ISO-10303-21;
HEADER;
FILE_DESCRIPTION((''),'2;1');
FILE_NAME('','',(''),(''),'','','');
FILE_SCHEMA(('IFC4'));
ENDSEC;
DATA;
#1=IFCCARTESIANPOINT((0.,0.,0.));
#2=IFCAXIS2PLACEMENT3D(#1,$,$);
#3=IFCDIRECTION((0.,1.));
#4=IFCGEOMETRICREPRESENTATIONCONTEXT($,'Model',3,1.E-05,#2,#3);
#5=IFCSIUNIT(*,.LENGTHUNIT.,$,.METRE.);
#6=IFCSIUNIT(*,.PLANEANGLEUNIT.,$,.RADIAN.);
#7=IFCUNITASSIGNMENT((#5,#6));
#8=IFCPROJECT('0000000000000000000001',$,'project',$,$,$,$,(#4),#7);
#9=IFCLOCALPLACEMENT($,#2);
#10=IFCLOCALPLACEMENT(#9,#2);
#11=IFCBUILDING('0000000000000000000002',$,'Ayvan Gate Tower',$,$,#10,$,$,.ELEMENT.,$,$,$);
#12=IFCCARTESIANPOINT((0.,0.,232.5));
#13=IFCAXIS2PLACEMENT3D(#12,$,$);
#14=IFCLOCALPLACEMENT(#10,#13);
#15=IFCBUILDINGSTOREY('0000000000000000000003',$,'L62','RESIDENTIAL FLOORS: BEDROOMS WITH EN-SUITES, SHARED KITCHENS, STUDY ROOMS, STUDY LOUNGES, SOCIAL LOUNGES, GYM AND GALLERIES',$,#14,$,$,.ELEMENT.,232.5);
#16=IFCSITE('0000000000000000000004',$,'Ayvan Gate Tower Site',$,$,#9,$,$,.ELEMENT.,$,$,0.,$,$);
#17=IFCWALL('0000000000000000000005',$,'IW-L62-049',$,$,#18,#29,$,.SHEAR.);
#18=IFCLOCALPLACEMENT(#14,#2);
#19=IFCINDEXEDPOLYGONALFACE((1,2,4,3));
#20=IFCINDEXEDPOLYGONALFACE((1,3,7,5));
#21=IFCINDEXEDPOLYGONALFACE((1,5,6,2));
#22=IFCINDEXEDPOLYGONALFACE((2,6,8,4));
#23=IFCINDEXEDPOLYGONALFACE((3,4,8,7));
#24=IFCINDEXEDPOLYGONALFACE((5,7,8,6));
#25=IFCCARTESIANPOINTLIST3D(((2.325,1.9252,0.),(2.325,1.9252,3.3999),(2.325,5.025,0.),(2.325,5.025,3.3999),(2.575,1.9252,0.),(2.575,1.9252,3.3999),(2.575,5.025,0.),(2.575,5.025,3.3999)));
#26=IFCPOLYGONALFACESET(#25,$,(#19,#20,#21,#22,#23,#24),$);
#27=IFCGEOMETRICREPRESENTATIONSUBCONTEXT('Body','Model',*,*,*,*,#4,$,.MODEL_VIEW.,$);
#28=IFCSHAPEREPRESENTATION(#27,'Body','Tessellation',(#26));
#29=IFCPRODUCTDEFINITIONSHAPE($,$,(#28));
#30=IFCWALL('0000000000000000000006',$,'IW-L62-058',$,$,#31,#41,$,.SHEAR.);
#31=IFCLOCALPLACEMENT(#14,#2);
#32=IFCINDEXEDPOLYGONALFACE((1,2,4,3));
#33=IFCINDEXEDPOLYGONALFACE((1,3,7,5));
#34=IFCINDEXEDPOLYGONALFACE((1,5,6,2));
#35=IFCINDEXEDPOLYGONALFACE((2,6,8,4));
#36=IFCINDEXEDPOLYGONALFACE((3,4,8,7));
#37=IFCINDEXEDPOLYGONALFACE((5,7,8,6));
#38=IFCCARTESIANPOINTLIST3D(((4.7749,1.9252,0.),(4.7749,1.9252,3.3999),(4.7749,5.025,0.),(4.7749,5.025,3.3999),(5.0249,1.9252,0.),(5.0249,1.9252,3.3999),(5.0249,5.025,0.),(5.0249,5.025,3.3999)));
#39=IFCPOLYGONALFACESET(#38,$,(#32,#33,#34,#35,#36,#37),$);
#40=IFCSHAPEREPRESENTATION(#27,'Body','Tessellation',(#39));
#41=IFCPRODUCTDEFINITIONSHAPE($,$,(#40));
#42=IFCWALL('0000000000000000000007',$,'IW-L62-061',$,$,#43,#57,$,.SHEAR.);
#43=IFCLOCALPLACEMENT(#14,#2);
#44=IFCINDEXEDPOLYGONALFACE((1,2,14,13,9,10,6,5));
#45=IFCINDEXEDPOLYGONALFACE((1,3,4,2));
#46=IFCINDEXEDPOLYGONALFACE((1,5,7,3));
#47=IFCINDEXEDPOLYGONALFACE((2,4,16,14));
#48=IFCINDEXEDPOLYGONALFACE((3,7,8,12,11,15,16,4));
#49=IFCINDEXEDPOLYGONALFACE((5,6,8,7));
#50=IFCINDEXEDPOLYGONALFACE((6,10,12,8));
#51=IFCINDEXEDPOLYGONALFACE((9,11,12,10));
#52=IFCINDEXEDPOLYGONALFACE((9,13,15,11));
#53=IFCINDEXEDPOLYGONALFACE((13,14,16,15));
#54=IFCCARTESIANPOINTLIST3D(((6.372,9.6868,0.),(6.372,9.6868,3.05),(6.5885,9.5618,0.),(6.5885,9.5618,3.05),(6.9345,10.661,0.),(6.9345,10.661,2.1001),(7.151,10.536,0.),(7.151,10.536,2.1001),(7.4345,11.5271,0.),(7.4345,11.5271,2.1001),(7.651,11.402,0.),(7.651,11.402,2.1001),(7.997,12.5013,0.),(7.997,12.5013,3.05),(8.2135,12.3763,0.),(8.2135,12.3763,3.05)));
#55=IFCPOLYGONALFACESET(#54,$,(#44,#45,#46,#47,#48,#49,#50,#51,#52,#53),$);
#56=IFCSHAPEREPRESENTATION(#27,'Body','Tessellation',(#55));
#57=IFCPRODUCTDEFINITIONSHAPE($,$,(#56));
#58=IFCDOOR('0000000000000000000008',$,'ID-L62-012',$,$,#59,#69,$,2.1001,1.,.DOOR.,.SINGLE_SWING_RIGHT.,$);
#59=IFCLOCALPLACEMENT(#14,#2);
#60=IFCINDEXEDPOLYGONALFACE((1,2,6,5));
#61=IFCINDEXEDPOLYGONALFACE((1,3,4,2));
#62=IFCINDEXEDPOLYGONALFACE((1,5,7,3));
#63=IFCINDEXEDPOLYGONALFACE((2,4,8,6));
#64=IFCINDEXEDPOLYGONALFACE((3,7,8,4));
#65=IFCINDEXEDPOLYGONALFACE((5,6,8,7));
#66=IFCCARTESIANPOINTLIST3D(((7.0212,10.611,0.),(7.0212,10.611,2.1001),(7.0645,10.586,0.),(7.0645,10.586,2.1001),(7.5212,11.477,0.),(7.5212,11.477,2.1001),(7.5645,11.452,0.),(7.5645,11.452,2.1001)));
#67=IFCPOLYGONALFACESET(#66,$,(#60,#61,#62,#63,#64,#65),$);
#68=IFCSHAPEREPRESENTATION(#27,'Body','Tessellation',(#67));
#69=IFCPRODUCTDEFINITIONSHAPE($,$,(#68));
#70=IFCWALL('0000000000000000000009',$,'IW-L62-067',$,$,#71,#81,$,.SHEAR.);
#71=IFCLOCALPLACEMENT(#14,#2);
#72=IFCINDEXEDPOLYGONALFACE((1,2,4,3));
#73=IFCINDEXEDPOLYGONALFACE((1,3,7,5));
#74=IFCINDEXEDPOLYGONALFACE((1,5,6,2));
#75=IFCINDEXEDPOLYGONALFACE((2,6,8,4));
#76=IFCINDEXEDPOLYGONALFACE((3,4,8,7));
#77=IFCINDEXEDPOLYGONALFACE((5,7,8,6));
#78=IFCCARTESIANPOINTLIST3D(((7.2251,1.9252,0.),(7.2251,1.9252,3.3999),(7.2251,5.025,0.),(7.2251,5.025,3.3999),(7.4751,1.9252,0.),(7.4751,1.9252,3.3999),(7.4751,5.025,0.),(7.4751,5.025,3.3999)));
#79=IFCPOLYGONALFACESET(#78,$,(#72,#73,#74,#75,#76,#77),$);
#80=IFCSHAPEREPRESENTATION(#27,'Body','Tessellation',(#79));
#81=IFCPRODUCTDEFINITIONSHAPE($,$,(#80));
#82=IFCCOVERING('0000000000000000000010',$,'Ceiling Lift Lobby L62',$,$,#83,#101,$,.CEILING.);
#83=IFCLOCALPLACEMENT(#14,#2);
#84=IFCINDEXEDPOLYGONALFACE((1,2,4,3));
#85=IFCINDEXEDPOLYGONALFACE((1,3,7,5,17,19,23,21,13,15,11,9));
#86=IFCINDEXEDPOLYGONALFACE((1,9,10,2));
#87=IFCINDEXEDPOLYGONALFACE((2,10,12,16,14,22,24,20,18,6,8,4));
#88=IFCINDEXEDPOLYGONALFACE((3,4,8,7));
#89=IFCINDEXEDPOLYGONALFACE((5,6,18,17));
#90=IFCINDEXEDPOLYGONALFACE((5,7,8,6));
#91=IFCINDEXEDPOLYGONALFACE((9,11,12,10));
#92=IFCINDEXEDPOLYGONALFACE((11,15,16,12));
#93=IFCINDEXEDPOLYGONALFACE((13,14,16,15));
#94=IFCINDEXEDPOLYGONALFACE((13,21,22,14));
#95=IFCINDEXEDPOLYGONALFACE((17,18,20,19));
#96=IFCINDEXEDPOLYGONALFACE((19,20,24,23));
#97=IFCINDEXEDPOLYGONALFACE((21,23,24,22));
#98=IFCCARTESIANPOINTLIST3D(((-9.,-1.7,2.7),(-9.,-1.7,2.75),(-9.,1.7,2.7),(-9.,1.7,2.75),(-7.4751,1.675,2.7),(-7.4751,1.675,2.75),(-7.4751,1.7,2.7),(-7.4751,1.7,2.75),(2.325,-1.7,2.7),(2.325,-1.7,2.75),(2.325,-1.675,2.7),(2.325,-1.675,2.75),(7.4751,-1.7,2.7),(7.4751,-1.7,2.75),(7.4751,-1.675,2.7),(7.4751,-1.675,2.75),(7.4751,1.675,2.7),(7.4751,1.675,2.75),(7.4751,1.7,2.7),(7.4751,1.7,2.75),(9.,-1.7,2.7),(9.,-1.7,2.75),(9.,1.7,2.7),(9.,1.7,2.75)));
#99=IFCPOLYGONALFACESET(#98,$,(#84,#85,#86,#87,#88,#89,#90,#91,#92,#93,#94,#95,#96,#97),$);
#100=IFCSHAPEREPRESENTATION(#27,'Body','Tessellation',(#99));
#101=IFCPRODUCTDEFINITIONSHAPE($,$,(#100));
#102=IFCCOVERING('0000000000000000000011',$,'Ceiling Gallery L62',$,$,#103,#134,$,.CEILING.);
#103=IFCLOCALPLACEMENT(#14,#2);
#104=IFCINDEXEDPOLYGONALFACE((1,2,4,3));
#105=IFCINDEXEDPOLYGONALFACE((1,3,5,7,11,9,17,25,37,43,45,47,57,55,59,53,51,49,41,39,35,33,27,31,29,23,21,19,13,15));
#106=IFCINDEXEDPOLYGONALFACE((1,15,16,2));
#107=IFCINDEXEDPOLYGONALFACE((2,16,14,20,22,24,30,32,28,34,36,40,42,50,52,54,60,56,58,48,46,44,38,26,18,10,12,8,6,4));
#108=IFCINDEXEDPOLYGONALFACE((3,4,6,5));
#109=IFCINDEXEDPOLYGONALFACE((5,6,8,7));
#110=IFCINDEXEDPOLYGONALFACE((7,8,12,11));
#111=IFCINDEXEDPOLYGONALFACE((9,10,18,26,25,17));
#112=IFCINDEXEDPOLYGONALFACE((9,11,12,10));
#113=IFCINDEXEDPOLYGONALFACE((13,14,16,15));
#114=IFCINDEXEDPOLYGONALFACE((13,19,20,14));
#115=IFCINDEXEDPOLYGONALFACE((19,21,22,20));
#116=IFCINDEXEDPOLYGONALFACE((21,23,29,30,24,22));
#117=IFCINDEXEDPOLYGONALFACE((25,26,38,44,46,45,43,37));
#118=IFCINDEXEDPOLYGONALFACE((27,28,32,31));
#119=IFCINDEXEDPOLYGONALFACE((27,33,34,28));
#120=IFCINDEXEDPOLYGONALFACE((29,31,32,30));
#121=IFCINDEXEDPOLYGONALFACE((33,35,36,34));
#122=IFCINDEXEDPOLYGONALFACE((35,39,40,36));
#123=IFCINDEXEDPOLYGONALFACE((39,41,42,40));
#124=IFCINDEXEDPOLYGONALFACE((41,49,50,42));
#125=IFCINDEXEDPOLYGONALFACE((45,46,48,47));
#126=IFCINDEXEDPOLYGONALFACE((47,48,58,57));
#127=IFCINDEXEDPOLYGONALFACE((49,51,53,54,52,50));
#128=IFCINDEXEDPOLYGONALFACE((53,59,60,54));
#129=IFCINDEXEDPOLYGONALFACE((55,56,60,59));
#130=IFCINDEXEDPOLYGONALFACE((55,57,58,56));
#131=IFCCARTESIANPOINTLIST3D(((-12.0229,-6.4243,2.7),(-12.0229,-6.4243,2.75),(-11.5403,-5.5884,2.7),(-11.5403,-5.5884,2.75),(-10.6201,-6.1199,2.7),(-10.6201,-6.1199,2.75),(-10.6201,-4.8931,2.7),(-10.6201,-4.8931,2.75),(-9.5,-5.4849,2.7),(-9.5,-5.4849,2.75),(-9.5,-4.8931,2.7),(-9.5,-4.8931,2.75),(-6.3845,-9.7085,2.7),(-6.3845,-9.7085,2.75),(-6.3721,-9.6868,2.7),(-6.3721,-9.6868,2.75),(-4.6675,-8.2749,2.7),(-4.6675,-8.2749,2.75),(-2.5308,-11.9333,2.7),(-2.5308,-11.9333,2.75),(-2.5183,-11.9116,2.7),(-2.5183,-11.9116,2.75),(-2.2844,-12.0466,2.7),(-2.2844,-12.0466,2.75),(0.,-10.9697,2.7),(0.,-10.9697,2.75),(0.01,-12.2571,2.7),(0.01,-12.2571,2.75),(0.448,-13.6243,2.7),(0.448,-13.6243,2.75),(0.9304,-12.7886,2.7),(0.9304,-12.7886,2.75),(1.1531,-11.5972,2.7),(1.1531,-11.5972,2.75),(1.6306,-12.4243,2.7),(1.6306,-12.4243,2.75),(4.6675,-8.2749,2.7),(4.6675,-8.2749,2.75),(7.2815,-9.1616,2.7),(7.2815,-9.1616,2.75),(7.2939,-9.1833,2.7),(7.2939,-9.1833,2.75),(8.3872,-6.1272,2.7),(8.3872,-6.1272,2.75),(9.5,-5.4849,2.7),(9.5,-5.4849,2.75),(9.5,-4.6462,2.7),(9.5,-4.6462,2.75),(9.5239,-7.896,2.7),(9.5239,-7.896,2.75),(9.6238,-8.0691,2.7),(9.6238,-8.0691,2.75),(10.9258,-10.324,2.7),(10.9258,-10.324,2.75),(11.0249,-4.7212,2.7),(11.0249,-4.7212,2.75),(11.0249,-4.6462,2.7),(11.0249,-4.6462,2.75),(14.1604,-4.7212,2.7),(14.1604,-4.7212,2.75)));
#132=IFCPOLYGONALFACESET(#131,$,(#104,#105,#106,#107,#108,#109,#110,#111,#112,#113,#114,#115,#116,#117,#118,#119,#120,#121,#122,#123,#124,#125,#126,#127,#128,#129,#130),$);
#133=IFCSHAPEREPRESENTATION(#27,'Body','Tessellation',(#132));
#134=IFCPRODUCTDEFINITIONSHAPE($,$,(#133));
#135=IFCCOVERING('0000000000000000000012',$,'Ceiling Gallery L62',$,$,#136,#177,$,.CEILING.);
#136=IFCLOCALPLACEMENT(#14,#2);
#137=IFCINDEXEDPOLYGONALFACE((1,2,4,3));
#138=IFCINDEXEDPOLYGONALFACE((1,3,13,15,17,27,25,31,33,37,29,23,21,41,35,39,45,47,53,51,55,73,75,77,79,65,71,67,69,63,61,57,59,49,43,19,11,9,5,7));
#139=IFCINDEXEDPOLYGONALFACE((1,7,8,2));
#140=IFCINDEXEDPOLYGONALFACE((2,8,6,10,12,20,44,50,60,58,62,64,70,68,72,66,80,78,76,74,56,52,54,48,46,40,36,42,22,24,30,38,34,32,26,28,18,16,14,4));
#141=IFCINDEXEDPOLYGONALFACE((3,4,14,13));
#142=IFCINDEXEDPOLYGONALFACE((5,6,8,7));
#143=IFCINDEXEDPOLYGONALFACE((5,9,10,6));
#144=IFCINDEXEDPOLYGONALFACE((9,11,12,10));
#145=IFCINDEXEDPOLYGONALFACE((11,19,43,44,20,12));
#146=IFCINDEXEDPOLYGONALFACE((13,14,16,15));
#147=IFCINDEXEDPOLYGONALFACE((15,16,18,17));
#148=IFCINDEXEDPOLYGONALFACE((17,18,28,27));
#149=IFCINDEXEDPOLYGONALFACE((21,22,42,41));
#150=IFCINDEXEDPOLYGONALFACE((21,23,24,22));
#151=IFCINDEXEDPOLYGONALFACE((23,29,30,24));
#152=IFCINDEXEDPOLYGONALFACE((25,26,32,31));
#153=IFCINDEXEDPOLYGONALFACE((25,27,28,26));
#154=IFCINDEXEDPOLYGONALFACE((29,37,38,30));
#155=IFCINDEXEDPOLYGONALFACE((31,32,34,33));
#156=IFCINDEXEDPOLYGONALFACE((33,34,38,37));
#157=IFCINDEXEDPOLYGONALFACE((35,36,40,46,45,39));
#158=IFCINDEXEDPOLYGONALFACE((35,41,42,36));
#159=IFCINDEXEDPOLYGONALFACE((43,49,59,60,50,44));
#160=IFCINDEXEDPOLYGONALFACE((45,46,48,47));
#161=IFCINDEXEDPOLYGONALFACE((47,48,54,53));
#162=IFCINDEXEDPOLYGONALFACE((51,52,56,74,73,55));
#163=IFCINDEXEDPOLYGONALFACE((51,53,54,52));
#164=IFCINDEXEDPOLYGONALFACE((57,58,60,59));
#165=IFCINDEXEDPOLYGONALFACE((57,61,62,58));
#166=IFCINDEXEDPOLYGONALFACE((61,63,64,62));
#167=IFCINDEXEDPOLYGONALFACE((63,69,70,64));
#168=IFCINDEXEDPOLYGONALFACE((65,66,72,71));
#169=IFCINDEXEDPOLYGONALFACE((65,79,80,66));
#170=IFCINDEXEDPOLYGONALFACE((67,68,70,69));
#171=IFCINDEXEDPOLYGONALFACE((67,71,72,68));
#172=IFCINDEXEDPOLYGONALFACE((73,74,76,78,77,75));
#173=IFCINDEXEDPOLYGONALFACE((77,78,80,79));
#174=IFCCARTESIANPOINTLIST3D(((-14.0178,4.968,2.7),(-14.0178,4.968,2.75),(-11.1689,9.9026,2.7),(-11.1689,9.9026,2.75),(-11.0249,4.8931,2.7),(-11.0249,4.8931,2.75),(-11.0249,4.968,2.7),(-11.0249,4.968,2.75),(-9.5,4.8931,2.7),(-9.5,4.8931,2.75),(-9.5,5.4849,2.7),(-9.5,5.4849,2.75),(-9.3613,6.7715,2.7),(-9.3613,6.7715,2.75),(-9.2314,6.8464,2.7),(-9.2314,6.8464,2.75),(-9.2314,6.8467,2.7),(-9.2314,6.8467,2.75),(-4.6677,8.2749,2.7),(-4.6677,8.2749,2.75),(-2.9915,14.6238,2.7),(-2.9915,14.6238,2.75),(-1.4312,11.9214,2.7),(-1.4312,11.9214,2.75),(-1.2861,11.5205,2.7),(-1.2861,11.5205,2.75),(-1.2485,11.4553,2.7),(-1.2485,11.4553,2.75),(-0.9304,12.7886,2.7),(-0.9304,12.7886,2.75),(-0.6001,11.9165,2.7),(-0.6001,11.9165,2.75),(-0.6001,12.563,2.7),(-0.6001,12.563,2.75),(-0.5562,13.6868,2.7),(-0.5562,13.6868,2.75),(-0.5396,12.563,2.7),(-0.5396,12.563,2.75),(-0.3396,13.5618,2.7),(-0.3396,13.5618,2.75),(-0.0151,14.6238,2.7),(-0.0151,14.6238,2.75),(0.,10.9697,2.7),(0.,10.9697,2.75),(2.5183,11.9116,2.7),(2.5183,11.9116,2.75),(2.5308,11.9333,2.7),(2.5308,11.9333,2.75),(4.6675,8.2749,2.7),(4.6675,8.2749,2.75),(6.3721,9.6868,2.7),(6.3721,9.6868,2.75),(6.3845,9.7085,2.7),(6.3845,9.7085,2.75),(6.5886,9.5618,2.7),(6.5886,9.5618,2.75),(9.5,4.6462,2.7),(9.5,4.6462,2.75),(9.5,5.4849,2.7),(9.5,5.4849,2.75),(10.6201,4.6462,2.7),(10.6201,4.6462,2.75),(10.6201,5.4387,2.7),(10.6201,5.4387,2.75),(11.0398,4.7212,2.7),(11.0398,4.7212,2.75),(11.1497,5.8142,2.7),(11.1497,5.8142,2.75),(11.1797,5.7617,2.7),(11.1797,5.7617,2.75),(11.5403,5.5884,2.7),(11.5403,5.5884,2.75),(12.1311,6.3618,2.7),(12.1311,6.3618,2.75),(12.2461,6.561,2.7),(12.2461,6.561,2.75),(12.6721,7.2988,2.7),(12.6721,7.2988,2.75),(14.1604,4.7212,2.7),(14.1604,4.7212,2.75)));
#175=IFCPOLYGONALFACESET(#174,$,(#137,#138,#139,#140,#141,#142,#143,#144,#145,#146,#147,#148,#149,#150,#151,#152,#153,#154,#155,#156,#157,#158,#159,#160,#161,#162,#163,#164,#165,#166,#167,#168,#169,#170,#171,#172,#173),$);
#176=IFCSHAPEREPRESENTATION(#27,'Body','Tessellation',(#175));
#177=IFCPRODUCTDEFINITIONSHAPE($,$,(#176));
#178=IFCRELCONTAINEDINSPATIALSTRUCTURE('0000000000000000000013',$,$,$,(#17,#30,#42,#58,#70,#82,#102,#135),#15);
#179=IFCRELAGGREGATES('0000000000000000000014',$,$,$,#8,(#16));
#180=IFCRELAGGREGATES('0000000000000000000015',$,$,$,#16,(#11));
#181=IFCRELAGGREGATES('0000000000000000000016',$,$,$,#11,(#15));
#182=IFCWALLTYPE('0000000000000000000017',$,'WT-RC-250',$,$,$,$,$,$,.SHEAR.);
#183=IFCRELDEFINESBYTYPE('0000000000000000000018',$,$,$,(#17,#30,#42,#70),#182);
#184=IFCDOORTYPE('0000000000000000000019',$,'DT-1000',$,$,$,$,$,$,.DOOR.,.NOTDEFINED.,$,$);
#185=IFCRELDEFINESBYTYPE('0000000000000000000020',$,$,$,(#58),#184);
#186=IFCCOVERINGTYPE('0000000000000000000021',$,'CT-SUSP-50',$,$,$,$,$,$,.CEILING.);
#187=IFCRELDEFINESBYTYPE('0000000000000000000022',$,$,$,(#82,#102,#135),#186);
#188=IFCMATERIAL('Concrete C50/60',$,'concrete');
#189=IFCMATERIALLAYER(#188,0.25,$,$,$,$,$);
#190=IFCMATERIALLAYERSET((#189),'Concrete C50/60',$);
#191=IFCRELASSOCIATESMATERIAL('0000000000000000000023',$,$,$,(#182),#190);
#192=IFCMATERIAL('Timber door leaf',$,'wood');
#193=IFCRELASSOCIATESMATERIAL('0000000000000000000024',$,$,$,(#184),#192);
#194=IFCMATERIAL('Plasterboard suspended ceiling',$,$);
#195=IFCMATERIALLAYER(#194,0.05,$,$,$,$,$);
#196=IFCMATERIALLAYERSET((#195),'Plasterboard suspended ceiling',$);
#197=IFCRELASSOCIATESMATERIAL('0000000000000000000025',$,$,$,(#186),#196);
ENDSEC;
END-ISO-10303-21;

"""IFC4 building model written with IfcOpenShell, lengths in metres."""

from ifc_helpers import new_model, si_unit, direction, frame, frame_2d, origin, place, context, subcontext, project, spatial, polyline, rectangle, outline, extrude, material, layer, layer_set, type_object, element, fill, save


model = new_model("IFC4")

# Units and contexts
model_context = context("Model", 3, precision=1e-05, world=origin(), true_north=direction((0.0, 1.0)))
body_context = subcontext(model_context, "Body", "Model", "MODEL_VIEW")
ifc_project = project(units=[si_unit("LENGTHUNIT", "METRE"), si_unit("PLANEANGLEUNIT", "RADIAN")], contexts=[model_context])

# Site, building, storey
site_placement = place(None, origin())
site = spatial("IfcSite", under=ifc_project, at=site_placement, Name="Ayvan Gate Tower Site", CompositionType="ELEMENT", RefElevation=0.0)
building_placement = place(site_placement, origin())
building = spatial("IfcBuilding", under=site, at=building_placement, Name="Ayvan Gate Tower", CompositionType="ELEMENT")
storey_placement = place(building_placement, frame((0.0, 0.0, 232.5)))
storey = spatial("IfcBuildingStorey", under=building, at=storey_placement, Name="L62", Description="RESIDENTIAL FLOORS: BEDROOMS WITH EN-SUITES, SHARED KITCHENS, STUDY ROOMS, STUDY LOUNGES, SOCIAL LOUNGES, GYM AND GALLERIES", CompositionType="ELEMENT", Elevation=232.5)

# Shared definitions
ifc_material_1 = material(Name="Timber door leaf", Category="wood")

# Walls
ifc_material_2 = material(Name="Concrete C50/60", Category="concrete")
ifc_layer_1 = layer(ifc_material_2, 0.25)
ifc_layer_set_1 = layer_set([ifc_layer_1], Name="Concrete C50/60")
wall_type_1 = type_object("IfcWallType", Name="WT-RC-250", PredefinedType="SHEAR", material=ifc_layer_set_1)
for number, where, z_axis, x_axis, name in (
    (1, (2.45, 5.0249, 0.0), (0.0, 0.0, 1.0), (0.0, -1.0, 0.0), "IW-L62-049"),
    (2, (4.8999, 5.0249, 0.0), (0.0, 0.0, 1.0), (0.0, -1.0, 0.0), "IW-L62-058"),
):
    element("IfcWall", number, at=place(storey_placement, frame(where, z_axis=z_axis, x_axis=x_axis)), inside=storey, type_object=wall_type_1, Name=name, PredefinedType="SHEAR", context=body_context, shape_type="SweptSolid", body=[
        extrude(rectangle(XDim=3.0999, YDim=0.25, at=frame_2d((1.5498, 0.0))), origin(), (0.0, 0.0, 1.0), 3.3999),
    ])

# Wall, opening, door
wall_1_placement = place(storey_placement, frame((6.4802, 9.6243, 0.0), z_axis=(0.0, 0.0, 1.0), x_axis=(0.500017, 0.866015, 0.0)))
wall_1 = element("IfcWall", 3, at=wall_1_placement, inside=storey, type_object=wall_type_1, Name="IW-L62-061", PredefinedType="SHEAR", context=body_context, shape_type="SweptSolid", body=[
    extrude(rectangle(XDim=3.25, YDim=0.25, at=frame_2d((1.625, 0.0))), origin(), (0.0, 0.0, 1.0), 3.05),
])
opening_1_placement = place(wall_1_placement, frame((1.125, 0.0, 0.0)))
opening_1 = element("IfcOpeningElement", 4, at=opening_1_placement, cuts=wall_1, PredefinedType="OPENING", context=body_context, shape_type="SweptSolid", body=[
    extrude(rectangle(XDim=1.0, YDim=2.1001, at=frame_2d((0.5, 1.05))), frame((0.0, 0.135, 0.0), z_axis=(0.0, -1.0, 0.0), x_axis=(1.0, 0.0, 0.0)), (0.0, 0.0, 1.0), 0.27),
])
door_type_1 = type_object("IfcDoorType", Name="DT-1000", OperationType="NOTDEFINED", PredefinedType="DOOR", material=ifc_material_1)
door_1_placement = place(opening_1_placement, origin())
door_1 = element("IfcDoor", 5, at=door_1_placement, inside=storey, type_object=door_type_1, Name="ID-L62-012", OperationType="SINGLE_SWING_RIGHT", OverallHeight=2.1001, OverallWidth=1.0, PredefinedType="DOOR", context=body_context, shape_type="SweptSolid", body=[
    extrude(rectangle(XDim=1.0, YDim=2.1001, at=frame_2d((0.5, 1.05))), frame((0.0, 0.0249, 0.0), z_axis=(0.0, -1.0, 0.0), x_axis=(1.0, 0.0, 0.0)), (0.0, 0.0, 1.0), 0.05),
])
fill(opening_1, door_1)

# Wall
wall_2_placement = place(storey_placement, frame((7.3501, 5.0249, 0.0), z_axis=(0.0, 0.0, 1.0), x_axis=(0.0, -1.0, 0.0)))
element("IfcWall", 6, at=wall_2_placement, inside=storey, type_object=wall_type_1, Name="IW-L62-067", PredefinedType="SHEAR", context=body_context, shape_type="SweptSolid", body=[
    extrude(rectangle(XDim=3.0999, YDim=0.25, at=frame_2d((1.5498, 0.0))), origin(), (0.0, 0.0, 1.0), 3.3999),
])

# Coverings
ifc_material_3 = material(Name="Plasterboard suspended ceiling")
ifc_layer_2 = layer(ifc_material_3, 0.05)
ifc_layer_set_2 = layer_set([ifc_layer_2], Name="Plasterboard suspended ceiling")
covering_type = type_object("IfcCoveringType", Name="CT-SUSP-50", PredefinedType="CEILING", material=ifc_layer_set_2)
covering_1_placement = place(storey_placement, frame((0.0, 0.0, 2.7)))
element("IfcCovering", 7, at=covering_1_placement, inside=storey, type_object=covering_type, Name="Ceiling Lift Lobby L62", PredefinedType="CEILING", context=body_context, shape_type="SweptSolid", body=[
    extrude(outline(polyline([(7.4751, -1.675), (2.325, -1.675), (2.325, -1.7), (-9.0, -1.7), (-9.0, 1.7), (-7.4751, 1.7), (-7.4751, 1.675), (7.4751, 1.675), (7.4751, 1.7), (9.0, 1.7), (9.0, -1.7), (7.4751, -1.7), (7.4751, -1.675)])), origin(), (0.0, 0.0, 1.0), 0.05),
])
covering_2_placement = place(storey_placement, frame((0.0, 0.0, 2.7)))
element("IfcCovering", 8, at=covering_2_placement, inside=storey, type_object=covering_type, Name="Ceiling Gallery L62", PredefinedType="CEILING", context=body_context, shape_type="SweptSolid", body=[
    extrude(outline(polyline([(-4.6675, -8.2749), (0.0, -10.9697), (4.6675, -8.2749), (8.3872, -6.1272), (9.5, -5.4849), (9.5, -4.6462), (11.0249, -4.6462), (11.0249, -4.7212), (14.1604, -4.7212), (10.9258, -10.324), (9.6238, -8.0691), (9.5239, -7.896), (7.2939, -9.1833), (7.2815, -9.1616), (1.6306, -12.4243), (1.1531, -11.5972), (0.01, -12.2571), (0.9304, -12.7886), (0.448, -13.6243), (-2.2844, -12.0466), (-2.5183, -11.9116), (-2.5308, -11.9333), (-6.3845, -9.7085), (-6.3721, -9.6868), (-12.0229, -6.4243), (-11.5403, -5.5884), (-10.6201, -6.1199), (-10.6201, -4.8931), (-9.5, -4.8931), (-9.5, -5.4849), (-4.6675, -8.2749)])), origin(), (0.0, 0.0, 1.0), 0.05),
])
covering_3_placement = place(storey_placement, frame((0.0, 0.0, 2.7)))
element("IfcCovering", 9, at=covering_3_placement, inside=storey, type_object=covering_type, Name="Ceiling Gallery L62", PredefinedType="CEILING", context=body_context, shape_type="SweptSolid", body=[
    extrude(outline(polyline([(-9.2314, 6.8464), (-9.2314, 6.8467), (-1.2485, 11.4553), (-1.2861, 11.5205), (-0.6001, 11.9165), (-0.6001, 12.563), (-0.5396, 12.563), (-0.9304, 12.7886), (-1.4312, 11.9214), (-2.9915, 14.6238), (-0.0151, 14.6238), (-0.5562, 13.6868), (-0.3396, 13.5618), (2.5183, 11.9116), (2.5308, 11.9333), (6.3845, 9.7085), (6.3721, 9.6868), (6.5886, 9.5618), (12.1311, 6.3618), (12.2461, 6.561), (12.6721, 7.2988), (14.1604, 4.7212), (11.0398, 4.7212), (11.5403, 5.5884), (11.1497, 5.8142), (11.1797, 5.7617), (10.6201, 5.4387), (10.6201, 4.6462), (9.5, 4.6462), (9.5, 5.4849), (4.6675, 8.2749), (0.0, 10.9697), (-4.6677, 8.2749), (-9.5, 5.4849), (-9.5, 4.8931), (-11.0249, 4.8931), (-11.0249, 4.968), (-14.0178, 4.968), (-11.1689, 9.9026), (-9.3613, 6.7715), (-9.2314, 6.8464)])), origin(), (0.0, 0.0, 1.0), 0.05),
])

save(model, "model.ifc")
